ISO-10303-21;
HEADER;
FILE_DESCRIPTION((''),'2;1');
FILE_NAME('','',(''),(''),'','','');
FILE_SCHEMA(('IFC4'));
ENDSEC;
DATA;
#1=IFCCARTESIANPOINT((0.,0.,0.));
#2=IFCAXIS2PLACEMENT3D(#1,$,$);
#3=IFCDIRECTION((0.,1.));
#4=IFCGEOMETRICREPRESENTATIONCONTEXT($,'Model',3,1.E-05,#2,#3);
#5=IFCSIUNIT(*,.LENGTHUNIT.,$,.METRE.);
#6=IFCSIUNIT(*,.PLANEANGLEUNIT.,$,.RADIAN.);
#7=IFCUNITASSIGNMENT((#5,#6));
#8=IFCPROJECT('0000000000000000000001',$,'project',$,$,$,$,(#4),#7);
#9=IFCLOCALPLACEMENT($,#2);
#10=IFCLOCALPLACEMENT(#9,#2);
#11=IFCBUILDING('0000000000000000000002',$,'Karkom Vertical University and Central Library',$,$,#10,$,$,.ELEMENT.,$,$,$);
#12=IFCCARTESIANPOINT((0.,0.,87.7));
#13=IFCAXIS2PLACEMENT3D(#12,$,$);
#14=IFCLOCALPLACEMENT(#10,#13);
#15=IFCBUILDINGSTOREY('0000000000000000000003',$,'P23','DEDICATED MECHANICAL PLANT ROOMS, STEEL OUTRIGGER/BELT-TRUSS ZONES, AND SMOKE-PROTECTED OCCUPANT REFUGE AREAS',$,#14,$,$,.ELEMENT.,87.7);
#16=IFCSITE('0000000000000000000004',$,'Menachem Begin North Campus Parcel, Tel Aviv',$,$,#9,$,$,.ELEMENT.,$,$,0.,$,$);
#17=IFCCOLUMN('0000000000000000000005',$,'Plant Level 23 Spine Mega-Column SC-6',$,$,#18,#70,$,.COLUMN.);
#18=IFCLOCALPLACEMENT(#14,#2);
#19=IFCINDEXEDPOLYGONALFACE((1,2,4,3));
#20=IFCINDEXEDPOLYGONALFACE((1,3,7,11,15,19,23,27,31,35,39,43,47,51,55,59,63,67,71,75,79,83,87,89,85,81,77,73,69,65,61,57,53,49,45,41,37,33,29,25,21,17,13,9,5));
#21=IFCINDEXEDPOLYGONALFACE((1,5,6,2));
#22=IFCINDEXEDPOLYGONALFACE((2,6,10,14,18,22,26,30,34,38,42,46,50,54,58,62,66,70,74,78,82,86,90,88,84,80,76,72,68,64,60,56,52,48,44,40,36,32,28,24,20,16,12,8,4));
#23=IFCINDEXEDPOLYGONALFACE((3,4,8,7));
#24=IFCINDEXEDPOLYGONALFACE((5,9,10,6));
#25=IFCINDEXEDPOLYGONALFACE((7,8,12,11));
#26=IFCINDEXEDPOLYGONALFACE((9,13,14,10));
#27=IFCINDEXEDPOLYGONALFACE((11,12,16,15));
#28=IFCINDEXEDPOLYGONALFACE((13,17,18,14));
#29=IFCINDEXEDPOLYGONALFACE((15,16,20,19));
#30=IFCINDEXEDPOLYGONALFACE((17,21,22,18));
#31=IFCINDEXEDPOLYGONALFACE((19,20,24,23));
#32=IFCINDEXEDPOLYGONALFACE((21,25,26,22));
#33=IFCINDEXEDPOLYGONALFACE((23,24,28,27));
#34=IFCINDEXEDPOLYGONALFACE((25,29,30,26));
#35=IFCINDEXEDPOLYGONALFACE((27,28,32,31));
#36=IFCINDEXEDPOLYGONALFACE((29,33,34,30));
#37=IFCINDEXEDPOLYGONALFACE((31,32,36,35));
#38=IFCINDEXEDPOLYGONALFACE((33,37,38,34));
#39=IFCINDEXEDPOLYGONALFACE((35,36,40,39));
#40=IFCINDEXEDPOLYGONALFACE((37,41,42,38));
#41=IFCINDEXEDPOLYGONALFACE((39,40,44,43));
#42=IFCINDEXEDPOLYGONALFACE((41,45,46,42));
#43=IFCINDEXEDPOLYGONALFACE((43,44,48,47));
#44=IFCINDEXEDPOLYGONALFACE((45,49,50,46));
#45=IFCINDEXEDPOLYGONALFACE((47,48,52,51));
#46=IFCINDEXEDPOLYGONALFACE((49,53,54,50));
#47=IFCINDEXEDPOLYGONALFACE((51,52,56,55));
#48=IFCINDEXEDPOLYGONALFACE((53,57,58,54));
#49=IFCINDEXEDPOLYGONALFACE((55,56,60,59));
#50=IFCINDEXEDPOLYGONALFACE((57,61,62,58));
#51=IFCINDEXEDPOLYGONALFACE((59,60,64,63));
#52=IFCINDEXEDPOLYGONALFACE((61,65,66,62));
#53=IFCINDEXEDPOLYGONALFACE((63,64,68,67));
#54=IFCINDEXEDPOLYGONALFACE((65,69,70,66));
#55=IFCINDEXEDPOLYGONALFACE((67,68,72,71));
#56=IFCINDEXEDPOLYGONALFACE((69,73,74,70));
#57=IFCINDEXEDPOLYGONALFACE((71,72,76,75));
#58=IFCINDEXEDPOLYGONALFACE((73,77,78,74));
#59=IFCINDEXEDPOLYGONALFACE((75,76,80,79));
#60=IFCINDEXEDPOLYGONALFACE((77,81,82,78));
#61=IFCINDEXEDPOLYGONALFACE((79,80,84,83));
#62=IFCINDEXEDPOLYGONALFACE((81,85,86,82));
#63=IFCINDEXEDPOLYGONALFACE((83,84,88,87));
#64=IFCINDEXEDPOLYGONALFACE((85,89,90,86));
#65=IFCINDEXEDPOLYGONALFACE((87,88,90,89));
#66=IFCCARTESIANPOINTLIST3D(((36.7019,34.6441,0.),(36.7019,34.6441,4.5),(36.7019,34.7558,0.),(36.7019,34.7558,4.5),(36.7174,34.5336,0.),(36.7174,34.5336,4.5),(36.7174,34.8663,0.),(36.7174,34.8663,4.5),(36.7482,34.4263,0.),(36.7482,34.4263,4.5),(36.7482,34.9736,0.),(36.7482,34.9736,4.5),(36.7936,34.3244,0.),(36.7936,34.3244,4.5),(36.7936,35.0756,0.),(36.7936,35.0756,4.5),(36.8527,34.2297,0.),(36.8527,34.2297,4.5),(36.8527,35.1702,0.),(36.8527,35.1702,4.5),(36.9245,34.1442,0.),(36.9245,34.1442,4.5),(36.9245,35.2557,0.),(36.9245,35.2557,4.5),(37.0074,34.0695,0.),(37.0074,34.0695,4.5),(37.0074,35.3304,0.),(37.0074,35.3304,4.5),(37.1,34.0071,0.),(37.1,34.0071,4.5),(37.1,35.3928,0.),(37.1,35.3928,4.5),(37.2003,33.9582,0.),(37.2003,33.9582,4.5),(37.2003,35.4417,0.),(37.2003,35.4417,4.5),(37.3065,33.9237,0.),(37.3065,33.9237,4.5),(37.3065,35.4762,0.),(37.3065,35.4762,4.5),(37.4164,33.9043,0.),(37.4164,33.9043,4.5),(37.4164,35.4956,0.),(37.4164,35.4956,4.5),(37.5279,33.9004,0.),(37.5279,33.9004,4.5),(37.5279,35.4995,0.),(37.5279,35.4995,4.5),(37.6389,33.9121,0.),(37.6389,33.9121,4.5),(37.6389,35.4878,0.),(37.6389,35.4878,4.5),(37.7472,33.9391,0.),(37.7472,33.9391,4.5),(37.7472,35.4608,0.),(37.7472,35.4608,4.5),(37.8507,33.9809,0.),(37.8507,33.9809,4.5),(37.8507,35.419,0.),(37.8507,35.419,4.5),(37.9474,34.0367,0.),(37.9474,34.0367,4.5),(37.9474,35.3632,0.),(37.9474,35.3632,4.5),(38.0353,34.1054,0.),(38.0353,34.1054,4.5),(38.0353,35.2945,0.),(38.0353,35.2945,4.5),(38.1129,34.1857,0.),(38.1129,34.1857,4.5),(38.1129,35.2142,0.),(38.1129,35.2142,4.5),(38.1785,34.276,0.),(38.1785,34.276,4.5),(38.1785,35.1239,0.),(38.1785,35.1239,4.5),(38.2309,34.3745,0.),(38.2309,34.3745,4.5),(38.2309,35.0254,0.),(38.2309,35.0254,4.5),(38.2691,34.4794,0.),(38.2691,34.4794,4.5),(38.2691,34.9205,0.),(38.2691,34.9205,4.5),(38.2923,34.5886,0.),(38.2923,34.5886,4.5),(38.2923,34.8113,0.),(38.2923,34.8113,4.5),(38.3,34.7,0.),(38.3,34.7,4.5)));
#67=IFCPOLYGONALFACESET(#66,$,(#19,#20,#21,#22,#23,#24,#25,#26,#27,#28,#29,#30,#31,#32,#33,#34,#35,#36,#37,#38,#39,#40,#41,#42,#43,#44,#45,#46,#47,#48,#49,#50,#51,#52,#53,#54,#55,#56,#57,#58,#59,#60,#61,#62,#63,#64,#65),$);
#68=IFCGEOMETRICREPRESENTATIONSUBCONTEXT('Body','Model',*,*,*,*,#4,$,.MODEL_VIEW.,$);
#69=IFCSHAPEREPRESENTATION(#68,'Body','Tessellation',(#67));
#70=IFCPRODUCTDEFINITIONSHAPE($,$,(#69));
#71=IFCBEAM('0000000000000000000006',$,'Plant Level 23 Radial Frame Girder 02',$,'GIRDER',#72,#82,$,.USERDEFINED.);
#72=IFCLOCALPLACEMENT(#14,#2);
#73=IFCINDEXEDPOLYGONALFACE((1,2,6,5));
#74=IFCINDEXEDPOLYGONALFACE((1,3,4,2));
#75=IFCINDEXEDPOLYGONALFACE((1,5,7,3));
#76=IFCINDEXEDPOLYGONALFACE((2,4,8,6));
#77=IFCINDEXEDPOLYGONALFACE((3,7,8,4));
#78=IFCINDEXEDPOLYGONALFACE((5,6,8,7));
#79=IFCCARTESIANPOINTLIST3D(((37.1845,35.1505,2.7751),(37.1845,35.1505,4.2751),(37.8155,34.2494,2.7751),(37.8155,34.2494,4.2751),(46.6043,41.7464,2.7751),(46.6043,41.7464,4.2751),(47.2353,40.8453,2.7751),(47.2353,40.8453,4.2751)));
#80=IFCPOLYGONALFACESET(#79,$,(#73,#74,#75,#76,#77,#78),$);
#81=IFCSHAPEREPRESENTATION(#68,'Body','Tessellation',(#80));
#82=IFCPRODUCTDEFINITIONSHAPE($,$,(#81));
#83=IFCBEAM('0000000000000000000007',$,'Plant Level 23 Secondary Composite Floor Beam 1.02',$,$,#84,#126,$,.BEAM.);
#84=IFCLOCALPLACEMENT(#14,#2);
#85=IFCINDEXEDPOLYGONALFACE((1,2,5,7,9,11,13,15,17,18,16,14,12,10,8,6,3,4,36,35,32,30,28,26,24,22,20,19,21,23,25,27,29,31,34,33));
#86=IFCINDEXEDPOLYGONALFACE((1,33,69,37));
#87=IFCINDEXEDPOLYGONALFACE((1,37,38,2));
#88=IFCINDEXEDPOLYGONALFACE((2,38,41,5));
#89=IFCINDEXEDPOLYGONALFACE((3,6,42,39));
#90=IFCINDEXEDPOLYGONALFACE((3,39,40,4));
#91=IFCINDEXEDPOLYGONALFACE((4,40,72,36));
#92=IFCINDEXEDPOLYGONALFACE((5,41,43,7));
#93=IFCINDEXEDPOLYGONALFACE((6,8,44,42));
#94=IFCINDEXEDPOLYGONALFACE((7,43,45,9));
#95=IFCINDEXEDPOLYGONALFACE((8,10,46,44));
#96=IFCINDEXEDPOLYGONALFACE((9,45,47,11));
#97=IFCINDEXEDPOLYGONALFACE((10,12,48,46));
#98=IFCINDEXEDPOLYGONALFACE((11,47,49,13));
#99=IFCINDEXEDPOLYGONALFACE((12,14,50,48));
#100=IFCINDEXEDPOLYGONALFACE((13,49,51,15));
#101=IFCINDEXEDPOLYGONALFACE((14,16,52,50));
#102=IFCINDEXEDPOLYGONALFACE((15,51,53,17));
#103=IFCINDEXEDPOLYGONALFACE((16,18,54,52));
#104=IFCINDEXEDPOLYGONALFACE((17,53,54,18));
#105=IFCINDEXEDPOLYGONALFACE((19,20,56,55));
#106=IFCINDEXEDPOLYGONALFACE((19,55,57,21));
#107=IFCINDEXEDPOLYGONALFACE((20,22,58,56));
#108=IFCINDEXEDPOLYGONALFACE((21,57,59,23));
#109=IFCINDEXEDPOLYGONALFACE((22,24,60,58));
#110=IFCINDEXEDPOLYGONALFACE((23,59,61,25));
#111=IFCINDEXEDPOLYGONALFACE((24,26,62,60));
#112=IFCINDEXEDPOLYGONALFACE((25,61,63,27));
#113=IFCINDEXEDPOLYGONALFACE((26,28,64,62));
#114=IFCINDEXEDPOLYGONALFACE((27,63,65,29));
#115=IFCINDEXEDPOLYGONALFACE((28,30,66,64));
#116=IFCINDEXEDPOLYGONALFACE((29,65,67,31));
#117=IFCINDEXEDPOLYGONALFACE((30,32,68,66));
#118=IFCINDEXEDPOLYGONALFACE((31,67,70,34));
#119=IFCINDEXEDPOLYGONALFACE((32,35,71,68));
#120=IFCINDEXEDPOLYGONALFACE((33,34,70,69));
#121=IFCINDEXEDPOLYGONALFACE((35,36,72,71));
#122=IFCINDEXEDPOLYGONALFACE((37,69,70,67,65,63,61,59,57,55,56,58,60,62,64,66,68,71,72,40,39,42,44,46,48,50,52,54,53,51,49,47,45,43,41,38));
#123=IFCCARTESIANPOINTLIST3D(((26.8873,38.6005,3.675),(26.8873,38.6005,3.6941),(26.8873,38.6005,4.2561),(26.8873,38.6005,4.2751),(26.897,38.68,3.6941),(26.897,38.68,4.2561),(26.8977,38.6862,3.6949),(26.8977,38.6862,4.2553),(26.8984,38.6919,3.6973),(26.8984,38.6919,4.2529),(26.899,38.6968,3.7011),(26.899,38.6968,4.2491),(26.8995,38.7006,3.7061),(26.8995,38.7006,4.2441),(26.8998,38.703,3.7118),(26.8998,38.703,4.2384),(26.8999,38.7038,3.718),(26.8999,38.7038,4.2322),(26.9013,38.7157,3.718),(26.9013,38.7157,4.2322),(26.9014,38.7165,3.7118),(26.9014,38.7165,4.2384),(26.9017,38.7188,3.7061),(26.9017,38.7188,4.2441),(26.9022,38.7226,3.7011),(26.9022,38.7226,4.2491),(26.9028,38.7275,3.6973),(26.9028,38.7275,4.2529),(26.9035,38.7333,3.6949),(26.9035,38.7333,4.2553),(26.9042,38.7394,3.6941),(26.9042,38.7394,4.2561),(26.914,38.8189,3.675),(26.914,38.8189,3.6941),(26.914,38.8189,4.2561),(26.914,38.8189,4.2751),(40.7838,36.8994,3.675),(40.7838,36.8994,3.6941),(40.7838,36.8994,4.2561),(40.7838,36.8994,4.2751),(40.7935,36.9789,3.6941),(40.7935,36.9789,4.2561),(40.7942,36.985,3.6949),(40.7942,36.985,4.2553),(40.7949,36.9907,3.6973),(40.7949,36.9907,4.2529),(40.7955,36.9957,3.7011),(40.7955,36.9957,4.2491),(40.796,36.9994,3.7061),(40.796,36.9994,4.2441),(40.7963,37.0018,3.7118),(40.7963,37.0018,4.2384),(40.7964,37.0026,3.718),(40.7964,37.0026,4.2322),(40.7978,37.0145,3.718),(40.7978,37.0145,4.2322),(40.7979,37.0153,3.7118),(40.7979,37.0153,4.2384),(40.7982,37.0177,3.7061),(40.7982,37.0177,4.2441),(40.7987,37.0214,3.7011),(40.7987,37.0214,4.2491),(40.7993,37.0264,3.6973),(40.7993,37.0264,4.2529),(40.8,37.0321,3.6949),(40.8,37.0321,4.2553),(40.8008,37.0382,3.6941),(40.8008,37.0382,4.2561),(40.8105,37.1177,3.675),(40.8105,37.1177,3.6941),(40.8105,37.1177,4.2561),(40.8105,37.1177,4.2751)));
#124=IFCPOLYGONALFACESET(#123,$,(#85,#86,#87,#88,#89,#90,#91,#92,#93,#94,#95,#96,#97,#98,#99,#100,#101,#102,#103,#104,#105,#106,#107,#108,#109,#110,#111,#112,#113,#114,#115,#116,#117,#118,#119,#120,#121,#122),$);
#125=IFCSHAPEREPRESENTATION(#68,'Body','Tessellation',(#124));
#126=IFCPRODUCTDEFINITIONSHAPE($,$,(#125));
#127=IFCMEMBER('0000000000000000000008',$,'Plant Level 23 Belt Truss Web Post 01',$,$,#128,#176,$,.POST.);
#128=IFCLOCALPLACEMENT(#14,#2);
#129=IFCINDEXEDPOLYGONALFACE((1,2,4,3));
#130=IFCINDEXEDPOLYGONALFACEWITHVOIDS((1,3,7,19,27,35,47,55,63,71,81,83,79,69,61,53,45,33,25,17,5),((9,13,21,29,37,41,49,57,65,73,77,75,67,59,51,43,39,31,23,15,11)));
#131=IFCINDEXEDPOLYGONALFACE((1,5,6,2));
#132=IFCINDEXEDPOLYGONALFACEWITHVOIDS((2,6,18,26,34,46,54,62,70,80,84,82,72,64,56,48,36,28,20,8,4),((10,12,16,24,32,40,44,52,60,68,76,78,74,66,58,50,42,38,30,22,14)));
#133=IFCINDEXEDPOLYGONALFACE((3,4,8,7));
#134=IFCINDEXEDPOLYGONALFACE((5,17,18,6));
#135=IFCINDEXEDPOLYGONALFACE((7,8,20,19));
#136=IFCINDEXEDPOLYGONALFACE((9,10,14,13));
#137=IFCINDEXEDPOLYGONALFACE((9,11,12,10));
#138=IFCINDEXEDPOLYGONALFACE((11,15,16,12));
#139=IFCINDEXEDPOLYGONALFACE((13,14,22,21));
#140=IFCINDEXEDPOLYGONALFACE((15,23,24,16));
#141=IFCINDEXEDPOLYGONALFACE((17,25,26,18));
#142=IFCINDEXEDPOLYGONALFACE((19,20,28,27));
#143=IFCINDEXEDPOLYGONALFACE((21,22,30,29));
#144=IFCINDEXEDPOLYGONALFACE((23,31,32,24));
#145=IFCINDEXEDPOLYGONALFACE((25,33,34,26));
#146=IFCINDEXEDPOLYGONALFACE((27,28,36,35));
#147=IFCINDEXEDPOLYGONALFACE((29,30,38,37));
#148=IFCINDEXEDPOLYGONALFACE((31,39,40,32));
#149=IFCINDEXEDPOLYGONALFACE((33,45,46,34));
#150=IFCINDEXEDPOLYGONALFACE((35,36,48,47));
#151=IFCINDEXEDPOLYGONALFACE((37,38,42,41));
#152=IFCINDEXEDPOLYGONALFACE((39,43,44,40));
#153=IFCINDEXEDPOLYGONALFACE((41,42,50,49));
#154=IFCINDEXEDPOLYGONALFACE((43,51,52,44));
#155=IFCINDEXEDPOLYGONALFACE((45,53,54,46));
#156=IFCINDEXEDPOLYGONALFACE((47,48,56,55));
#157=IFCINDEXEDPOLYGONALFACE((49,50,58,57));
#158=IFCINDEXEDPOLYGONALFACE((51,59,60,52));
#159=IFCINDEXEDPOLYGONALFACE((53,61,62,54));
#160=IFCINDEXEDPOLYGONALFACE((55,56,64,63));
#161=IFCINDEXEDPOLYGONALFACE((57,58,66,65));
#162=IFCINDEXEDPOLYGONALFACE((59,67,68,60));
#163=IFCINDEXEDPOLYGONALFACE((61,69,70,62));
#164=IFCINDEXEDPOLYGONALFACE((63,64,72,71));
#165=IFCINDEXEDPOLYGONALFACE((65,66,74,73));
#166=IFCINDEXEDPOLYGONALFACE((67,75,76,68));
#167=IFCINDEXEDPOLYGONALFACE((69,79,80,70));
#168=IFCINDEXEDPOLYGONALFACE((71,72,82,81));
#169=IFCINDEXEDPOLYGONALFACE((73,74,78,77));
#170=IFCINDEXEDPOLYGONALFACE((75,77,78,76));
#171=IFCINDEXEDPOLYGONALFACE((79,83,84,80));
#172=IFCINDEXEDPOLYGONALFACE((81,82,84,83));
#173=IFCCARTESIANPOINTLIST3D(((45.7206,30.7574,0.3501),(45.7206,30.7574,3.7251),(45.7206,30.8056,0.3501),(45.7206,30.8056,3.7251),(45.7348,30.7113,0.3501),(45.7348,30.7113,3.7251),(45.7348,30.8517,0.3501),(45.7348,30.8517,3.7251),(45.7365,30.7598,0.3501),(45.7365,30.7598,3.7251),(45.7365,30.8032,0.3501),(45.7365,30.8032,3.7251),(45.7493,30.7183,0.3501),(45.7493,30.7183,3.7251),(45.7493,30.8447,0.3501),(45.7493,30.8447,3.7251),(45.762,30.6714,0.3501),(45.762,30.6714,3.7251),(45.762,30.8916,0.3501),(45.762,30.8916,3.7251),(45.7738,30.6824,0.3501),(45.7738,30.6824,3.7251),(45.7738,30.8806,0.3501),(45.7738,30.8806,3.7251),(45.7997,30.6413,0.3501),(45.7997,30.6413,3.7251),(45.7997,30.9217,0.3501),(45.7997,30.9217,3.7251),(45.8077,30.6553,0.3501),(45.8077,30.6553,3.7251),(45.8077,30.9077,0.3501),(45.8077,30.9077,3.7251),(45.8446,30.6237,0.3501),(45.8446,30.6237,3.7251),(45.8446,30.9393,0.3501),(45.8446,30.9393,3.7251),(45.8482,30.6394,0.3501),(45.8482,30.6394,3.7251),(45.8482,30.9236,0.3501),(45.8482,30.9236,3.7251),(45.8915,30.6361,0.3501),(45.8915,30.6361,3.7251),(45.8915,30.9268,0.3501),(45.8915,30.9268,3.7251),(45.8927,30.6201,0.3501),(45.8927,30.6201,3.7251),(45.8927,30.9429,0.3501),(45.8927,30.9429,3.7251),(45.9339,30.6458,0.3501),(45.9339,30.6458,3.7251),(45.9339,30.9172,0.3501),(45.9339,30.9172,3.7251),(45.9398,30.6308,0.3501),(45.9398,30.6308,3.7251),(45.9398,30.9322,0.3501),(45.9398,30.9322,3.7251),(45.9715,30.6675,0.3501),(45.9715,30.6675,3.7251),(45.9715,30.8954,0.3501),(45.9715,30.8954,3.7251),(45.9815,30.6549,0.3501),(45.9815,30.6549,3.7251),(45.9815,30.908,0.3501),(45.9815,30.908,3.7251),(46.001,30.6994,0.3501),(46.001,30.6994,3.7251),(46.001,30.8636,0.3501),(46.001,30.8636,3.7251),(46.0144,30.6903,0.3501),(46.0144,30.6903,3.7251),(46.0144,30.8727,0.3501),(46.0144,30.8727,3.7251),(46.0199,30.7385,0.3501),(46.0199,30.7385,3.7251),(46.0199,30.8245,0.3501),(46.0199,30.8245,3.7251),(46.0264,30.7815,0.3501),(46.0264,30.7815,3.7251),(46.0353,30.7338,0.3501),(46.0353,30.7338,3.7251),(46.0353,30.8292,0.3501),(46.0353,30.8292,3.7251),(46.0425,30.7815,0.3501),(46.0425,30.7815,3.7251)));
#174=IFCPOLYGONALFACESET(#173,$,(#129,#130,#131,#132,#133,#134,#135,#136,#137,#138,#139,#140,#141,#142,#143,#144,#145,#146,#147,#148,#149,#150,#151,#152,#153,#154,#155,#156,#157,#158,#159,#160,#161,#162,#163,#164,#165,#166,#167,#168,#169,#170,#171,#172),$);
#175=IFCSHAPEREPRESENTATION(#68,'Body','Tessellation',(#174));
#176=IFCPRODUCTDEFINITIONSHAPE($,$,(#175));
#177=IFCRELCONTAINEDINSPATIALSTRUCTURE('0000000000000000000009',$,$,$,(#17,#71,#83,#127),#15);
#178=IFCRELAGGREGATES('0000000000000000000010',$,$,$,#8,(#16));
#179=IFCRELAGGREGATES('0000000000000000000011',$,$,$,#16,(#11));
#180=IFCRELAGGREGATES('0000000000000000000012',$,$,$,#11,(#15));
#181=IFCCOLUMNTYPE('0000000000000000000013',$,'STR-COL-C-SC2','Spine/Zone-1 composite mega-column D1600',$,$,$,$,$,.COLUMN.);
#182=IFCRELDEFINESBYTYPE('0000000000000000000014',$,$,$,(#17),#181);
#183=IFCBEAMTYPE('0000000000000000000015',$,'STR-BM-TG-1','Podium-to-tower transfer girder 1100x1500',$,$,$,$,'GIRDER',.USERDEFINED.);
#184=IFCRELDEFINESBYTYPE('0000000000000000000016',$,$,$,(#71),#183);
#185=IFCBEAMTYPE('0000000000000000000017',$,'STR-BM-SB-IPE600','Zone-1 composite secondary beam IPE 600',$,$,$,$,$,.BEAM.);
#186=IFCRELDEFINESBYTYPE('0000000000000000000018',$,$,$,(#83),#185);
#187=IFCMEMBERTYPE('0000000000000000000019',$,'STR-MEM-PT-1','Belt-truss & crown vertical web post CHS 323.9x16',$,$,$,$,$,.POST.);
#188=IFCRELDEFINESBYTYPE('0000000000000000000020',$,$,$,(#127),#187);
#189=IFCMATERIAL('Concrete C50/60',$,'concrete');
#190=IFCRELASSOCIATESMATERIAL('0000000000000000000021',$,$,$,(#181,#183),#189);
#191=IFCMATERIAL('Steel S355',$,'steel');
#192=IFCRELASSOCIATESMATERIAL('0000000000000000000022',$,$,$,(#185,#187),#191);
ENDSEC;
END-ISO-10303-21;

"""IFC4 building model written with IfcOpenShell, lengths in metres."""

from ifc_helpers import new_model, si_unit, direction, frame, origin, origin_with_axes, origin_2d, place, context, subcontext, project, spatial, rectangle, circle, hollow_circle, i_section, extrude, source, transform, mapped, material, material_profile, profile_set, type_object, element, save


model = new_model("IFC4")

# Units and contexts
model_context = context("Model", 3, precision=1e-05, world=origin(), true_north=direction((0.0, 1.0)))
body_context = subcontext(model_context, "Body", "Model", "MODEL_VIEW")
ifc_project = project(units=[si_unit("LENGTHUNIT", "METRE"), si_unit("PLANEANGLEUNIT", "RADIAN")], contexts=[model_context])

# Site, building, storey
site_placement = place(None, origin())
site = spatial("IfcSite", under=ifc_project, at=site_placement, Name="Menachem Begin North Campus Parcel, Tel Aviv", CompositionType="ELEMENT", RefElevation=0.0)
building_placement = place(site_placement, origin())
building = spatial("IfcBuilding", under=site, at=building_placement, Name="Karkom Vertical University and Central Library", CompositionType="ELEMENT")
storey_placement = place(building_placement, frame((0.0, 0.0, 87.7)))
storey = spatial("IfcBuildingStorey", under=building, at=storey_placement, Name="P23", Description="DEDICATED MECHANICAL PLANT ROOMS, STEEL OUTRIGGER/BELT-TRUSS ZONES, AND SMOKE-PROTECTED OCCUPANT REFUGE AREAS", CompositionType="ELEMENT", Elevation=87.7)

# Column
ifc_material_1 = material(Name="Concrete C50/60", Category="concrete")
ifc_material_profile_1 = material_profile(ifc_material_1, circle(Radius=0.8, at=origin_2d()), Name="CFT-D1600")
ifc_profile_set_1 = profile_set([ifc_material_profile_1], Name="Concrete C50/60")
column_type = type_object("IfcColumnType", Name="STR-COL-C-SC2", Description="Spine/Zone-1 composite mega-column D1600", PredefinedType="COLUMN", material=ifc_profile_set_1)
shared_shape_1 = source(origin_with_axes(), body_context, "Body", "SweptSolid", [
    extrude(circle(Radius=0.8, at=origin_2d()), origin(), (0.0, 0.0, 1.0), 4.5),
])
column_placement = place(storey_placement, frame((37.5, 34.7, 0.0), z_axis=(0.0, 0.0, 1.0), x_axis=(1.0, 0.0, 0.0)))
element("IfcColumn", 1, at=column_placement, inside=storey, type_object=column_type, Name="Plant Level 23 Spine Mega-Column SC-6", PredefinedType="COLUMN", context=body_context, shape_type="MappedRepresentation", body=[
    mapped(shared_shape_1, transform((0.0, 0.0, 0.0), scale=1.0)),
])

# Beams
ifc_material_profile_2 = material_profile(ifc_material_1, rectangle(XDim=1.1001, YDim=1.5, at=origin_2d()), Name="TG-1100x1500")
ifc_profile_set_2 = profile_set([ifc_material_profile_2], Name="Concrete C50/60")
beam_type_1 = type_object("IfcBeamType", Name="STR-BM-TG-1", Description="Podium-to-tower transfer girder 1100x1500", ElementType="GIRDER", PredefinedType="USERDEFINED", material=ifc_profile_set_2)
shared_shape_2 = source(origin_with_axes(), body_context, "Body", "SweptSolid", [
    extrude(rectangle(XDim=1.1001, YDim=1.5, at=origin_2d()), origin(), (0.0, 0.0, 1.0), 11.4995),
])
beam_1_placement = place(storey_placement, frame((37.5, 34.7, 3.5251), z_axis=(0.81915, 0.573579, 0.0), x_axis=(-0.573579, 0.81915, 0.0)))
element("IfcBeam", 2, at=beam_1_placement, inside=storey, type_object=beam_type_1, Name="Plant Level 23 Radial Frame Girder 02", ObjectType="GIRDER", PredefinedType="USERDEFINED", context=body_context, shape_type="MappedRepresentation", body=[
    mapped(shared_shape_2, transform((0.0, 0.0, 0.0), scale=1.0)),
])
ifc_material_2 = material(Name="Steel S355", Category="steel")
ifc_material_profile_3 = material_profile(ifc_material_2, i_section(OverallWidth=0.22, OverallDepth=0.6001, WebThickness=0.012, FlangeThickness=0.019, FilletRadius=0.0239, at=origin_2d()), Name="IPE 600")
ifc_profile_set_3 = profile_set([ifc_material_profile_3], Name="Steel S355")
beam_type_2 = type_object("IfcBeamType", Name="STR-BM-SB-IPE600", Description="Zone-1 composite secondary beam IPE 600", PredefinedType="BEAM", material=ifc_profile_set_3)
shared_shape_3 = source(origin_with_axes(), body_context, "Body", "SweptSolid", [
    extrude(i_section(OverallWidth=0.22, OverallDepth=0.6001, WebThickness=0.012, FlangeThickness=0.019, FilletRadius=0.0239, at=origin_2d()), origin(), (0.0, 0.0, 1.0), 14.0002),
])
beam_2_placement = place(storey_placement, frame((40.7971, 37.0085, 3.9751), z_axis=(-0.99259, 0.12151, 0.0), x_axis=(-0.12151, -0.99259, 0.0)))
element("IfcBeam", 3, at=beam_2_placement, inside=storey, type_object=beam_type_2, Name="Plant Level 23 Secondary Composite Floor Beam 1.02", PredefinedType="BEAM", context=body_context, shape_type="MappedRepresentation", body=[
    mapped(shared_shape_3, transform((0.0, 0.0, 0.0), scale=1.0)),
])

# Member
ifc_material_profile_4 = material_profile(ifc_material_2, hollow_circle(Radius=0.1619, WallThickness=0.0161, at=origin_2d()), Name="CHS 323.9x16")
ifc_profile_set_4 = profile_set([ifc_material_profile_4], Name="Steel S355")
member_type_1 = type_object("IfcMemberType", Name="STR-MEM-PT-1", Description="Belt-truss & crown vertical web post CHS 323.9x16", PredefinedType="POST", material=ifc_profile_set_4)
shared_shape_4 = source(origin_with_axes(), body_context, "Body", "SweptSolid", [
    extrude(hollow_circle(Radius=0.1619, WallThickness=0.0161, at=origin_2d()), origin(), (0.0, 0.0, 1.0), 3.375),
])
member_1_placement = place(storey_placement, frame((45.8806, 30.7815, 0.3501), z_axis=(0.0, 0.0, 1.0), x_axis=(1.0, 0.0, 0.0)))
element("IfcMember", 4, at=member_1_placement, inside=storey, type_object=member_type_1, Name="Plant Level 23 Belt Truss Web Post 01", PredefinedType="POST", context=body_context, shape_type="MappedRepresentation", body=[
    mapped(shared_shape_4, transform((0.0, 0.0, 0.0), scale=1.0)),
])

save(model, "model.ifc")
